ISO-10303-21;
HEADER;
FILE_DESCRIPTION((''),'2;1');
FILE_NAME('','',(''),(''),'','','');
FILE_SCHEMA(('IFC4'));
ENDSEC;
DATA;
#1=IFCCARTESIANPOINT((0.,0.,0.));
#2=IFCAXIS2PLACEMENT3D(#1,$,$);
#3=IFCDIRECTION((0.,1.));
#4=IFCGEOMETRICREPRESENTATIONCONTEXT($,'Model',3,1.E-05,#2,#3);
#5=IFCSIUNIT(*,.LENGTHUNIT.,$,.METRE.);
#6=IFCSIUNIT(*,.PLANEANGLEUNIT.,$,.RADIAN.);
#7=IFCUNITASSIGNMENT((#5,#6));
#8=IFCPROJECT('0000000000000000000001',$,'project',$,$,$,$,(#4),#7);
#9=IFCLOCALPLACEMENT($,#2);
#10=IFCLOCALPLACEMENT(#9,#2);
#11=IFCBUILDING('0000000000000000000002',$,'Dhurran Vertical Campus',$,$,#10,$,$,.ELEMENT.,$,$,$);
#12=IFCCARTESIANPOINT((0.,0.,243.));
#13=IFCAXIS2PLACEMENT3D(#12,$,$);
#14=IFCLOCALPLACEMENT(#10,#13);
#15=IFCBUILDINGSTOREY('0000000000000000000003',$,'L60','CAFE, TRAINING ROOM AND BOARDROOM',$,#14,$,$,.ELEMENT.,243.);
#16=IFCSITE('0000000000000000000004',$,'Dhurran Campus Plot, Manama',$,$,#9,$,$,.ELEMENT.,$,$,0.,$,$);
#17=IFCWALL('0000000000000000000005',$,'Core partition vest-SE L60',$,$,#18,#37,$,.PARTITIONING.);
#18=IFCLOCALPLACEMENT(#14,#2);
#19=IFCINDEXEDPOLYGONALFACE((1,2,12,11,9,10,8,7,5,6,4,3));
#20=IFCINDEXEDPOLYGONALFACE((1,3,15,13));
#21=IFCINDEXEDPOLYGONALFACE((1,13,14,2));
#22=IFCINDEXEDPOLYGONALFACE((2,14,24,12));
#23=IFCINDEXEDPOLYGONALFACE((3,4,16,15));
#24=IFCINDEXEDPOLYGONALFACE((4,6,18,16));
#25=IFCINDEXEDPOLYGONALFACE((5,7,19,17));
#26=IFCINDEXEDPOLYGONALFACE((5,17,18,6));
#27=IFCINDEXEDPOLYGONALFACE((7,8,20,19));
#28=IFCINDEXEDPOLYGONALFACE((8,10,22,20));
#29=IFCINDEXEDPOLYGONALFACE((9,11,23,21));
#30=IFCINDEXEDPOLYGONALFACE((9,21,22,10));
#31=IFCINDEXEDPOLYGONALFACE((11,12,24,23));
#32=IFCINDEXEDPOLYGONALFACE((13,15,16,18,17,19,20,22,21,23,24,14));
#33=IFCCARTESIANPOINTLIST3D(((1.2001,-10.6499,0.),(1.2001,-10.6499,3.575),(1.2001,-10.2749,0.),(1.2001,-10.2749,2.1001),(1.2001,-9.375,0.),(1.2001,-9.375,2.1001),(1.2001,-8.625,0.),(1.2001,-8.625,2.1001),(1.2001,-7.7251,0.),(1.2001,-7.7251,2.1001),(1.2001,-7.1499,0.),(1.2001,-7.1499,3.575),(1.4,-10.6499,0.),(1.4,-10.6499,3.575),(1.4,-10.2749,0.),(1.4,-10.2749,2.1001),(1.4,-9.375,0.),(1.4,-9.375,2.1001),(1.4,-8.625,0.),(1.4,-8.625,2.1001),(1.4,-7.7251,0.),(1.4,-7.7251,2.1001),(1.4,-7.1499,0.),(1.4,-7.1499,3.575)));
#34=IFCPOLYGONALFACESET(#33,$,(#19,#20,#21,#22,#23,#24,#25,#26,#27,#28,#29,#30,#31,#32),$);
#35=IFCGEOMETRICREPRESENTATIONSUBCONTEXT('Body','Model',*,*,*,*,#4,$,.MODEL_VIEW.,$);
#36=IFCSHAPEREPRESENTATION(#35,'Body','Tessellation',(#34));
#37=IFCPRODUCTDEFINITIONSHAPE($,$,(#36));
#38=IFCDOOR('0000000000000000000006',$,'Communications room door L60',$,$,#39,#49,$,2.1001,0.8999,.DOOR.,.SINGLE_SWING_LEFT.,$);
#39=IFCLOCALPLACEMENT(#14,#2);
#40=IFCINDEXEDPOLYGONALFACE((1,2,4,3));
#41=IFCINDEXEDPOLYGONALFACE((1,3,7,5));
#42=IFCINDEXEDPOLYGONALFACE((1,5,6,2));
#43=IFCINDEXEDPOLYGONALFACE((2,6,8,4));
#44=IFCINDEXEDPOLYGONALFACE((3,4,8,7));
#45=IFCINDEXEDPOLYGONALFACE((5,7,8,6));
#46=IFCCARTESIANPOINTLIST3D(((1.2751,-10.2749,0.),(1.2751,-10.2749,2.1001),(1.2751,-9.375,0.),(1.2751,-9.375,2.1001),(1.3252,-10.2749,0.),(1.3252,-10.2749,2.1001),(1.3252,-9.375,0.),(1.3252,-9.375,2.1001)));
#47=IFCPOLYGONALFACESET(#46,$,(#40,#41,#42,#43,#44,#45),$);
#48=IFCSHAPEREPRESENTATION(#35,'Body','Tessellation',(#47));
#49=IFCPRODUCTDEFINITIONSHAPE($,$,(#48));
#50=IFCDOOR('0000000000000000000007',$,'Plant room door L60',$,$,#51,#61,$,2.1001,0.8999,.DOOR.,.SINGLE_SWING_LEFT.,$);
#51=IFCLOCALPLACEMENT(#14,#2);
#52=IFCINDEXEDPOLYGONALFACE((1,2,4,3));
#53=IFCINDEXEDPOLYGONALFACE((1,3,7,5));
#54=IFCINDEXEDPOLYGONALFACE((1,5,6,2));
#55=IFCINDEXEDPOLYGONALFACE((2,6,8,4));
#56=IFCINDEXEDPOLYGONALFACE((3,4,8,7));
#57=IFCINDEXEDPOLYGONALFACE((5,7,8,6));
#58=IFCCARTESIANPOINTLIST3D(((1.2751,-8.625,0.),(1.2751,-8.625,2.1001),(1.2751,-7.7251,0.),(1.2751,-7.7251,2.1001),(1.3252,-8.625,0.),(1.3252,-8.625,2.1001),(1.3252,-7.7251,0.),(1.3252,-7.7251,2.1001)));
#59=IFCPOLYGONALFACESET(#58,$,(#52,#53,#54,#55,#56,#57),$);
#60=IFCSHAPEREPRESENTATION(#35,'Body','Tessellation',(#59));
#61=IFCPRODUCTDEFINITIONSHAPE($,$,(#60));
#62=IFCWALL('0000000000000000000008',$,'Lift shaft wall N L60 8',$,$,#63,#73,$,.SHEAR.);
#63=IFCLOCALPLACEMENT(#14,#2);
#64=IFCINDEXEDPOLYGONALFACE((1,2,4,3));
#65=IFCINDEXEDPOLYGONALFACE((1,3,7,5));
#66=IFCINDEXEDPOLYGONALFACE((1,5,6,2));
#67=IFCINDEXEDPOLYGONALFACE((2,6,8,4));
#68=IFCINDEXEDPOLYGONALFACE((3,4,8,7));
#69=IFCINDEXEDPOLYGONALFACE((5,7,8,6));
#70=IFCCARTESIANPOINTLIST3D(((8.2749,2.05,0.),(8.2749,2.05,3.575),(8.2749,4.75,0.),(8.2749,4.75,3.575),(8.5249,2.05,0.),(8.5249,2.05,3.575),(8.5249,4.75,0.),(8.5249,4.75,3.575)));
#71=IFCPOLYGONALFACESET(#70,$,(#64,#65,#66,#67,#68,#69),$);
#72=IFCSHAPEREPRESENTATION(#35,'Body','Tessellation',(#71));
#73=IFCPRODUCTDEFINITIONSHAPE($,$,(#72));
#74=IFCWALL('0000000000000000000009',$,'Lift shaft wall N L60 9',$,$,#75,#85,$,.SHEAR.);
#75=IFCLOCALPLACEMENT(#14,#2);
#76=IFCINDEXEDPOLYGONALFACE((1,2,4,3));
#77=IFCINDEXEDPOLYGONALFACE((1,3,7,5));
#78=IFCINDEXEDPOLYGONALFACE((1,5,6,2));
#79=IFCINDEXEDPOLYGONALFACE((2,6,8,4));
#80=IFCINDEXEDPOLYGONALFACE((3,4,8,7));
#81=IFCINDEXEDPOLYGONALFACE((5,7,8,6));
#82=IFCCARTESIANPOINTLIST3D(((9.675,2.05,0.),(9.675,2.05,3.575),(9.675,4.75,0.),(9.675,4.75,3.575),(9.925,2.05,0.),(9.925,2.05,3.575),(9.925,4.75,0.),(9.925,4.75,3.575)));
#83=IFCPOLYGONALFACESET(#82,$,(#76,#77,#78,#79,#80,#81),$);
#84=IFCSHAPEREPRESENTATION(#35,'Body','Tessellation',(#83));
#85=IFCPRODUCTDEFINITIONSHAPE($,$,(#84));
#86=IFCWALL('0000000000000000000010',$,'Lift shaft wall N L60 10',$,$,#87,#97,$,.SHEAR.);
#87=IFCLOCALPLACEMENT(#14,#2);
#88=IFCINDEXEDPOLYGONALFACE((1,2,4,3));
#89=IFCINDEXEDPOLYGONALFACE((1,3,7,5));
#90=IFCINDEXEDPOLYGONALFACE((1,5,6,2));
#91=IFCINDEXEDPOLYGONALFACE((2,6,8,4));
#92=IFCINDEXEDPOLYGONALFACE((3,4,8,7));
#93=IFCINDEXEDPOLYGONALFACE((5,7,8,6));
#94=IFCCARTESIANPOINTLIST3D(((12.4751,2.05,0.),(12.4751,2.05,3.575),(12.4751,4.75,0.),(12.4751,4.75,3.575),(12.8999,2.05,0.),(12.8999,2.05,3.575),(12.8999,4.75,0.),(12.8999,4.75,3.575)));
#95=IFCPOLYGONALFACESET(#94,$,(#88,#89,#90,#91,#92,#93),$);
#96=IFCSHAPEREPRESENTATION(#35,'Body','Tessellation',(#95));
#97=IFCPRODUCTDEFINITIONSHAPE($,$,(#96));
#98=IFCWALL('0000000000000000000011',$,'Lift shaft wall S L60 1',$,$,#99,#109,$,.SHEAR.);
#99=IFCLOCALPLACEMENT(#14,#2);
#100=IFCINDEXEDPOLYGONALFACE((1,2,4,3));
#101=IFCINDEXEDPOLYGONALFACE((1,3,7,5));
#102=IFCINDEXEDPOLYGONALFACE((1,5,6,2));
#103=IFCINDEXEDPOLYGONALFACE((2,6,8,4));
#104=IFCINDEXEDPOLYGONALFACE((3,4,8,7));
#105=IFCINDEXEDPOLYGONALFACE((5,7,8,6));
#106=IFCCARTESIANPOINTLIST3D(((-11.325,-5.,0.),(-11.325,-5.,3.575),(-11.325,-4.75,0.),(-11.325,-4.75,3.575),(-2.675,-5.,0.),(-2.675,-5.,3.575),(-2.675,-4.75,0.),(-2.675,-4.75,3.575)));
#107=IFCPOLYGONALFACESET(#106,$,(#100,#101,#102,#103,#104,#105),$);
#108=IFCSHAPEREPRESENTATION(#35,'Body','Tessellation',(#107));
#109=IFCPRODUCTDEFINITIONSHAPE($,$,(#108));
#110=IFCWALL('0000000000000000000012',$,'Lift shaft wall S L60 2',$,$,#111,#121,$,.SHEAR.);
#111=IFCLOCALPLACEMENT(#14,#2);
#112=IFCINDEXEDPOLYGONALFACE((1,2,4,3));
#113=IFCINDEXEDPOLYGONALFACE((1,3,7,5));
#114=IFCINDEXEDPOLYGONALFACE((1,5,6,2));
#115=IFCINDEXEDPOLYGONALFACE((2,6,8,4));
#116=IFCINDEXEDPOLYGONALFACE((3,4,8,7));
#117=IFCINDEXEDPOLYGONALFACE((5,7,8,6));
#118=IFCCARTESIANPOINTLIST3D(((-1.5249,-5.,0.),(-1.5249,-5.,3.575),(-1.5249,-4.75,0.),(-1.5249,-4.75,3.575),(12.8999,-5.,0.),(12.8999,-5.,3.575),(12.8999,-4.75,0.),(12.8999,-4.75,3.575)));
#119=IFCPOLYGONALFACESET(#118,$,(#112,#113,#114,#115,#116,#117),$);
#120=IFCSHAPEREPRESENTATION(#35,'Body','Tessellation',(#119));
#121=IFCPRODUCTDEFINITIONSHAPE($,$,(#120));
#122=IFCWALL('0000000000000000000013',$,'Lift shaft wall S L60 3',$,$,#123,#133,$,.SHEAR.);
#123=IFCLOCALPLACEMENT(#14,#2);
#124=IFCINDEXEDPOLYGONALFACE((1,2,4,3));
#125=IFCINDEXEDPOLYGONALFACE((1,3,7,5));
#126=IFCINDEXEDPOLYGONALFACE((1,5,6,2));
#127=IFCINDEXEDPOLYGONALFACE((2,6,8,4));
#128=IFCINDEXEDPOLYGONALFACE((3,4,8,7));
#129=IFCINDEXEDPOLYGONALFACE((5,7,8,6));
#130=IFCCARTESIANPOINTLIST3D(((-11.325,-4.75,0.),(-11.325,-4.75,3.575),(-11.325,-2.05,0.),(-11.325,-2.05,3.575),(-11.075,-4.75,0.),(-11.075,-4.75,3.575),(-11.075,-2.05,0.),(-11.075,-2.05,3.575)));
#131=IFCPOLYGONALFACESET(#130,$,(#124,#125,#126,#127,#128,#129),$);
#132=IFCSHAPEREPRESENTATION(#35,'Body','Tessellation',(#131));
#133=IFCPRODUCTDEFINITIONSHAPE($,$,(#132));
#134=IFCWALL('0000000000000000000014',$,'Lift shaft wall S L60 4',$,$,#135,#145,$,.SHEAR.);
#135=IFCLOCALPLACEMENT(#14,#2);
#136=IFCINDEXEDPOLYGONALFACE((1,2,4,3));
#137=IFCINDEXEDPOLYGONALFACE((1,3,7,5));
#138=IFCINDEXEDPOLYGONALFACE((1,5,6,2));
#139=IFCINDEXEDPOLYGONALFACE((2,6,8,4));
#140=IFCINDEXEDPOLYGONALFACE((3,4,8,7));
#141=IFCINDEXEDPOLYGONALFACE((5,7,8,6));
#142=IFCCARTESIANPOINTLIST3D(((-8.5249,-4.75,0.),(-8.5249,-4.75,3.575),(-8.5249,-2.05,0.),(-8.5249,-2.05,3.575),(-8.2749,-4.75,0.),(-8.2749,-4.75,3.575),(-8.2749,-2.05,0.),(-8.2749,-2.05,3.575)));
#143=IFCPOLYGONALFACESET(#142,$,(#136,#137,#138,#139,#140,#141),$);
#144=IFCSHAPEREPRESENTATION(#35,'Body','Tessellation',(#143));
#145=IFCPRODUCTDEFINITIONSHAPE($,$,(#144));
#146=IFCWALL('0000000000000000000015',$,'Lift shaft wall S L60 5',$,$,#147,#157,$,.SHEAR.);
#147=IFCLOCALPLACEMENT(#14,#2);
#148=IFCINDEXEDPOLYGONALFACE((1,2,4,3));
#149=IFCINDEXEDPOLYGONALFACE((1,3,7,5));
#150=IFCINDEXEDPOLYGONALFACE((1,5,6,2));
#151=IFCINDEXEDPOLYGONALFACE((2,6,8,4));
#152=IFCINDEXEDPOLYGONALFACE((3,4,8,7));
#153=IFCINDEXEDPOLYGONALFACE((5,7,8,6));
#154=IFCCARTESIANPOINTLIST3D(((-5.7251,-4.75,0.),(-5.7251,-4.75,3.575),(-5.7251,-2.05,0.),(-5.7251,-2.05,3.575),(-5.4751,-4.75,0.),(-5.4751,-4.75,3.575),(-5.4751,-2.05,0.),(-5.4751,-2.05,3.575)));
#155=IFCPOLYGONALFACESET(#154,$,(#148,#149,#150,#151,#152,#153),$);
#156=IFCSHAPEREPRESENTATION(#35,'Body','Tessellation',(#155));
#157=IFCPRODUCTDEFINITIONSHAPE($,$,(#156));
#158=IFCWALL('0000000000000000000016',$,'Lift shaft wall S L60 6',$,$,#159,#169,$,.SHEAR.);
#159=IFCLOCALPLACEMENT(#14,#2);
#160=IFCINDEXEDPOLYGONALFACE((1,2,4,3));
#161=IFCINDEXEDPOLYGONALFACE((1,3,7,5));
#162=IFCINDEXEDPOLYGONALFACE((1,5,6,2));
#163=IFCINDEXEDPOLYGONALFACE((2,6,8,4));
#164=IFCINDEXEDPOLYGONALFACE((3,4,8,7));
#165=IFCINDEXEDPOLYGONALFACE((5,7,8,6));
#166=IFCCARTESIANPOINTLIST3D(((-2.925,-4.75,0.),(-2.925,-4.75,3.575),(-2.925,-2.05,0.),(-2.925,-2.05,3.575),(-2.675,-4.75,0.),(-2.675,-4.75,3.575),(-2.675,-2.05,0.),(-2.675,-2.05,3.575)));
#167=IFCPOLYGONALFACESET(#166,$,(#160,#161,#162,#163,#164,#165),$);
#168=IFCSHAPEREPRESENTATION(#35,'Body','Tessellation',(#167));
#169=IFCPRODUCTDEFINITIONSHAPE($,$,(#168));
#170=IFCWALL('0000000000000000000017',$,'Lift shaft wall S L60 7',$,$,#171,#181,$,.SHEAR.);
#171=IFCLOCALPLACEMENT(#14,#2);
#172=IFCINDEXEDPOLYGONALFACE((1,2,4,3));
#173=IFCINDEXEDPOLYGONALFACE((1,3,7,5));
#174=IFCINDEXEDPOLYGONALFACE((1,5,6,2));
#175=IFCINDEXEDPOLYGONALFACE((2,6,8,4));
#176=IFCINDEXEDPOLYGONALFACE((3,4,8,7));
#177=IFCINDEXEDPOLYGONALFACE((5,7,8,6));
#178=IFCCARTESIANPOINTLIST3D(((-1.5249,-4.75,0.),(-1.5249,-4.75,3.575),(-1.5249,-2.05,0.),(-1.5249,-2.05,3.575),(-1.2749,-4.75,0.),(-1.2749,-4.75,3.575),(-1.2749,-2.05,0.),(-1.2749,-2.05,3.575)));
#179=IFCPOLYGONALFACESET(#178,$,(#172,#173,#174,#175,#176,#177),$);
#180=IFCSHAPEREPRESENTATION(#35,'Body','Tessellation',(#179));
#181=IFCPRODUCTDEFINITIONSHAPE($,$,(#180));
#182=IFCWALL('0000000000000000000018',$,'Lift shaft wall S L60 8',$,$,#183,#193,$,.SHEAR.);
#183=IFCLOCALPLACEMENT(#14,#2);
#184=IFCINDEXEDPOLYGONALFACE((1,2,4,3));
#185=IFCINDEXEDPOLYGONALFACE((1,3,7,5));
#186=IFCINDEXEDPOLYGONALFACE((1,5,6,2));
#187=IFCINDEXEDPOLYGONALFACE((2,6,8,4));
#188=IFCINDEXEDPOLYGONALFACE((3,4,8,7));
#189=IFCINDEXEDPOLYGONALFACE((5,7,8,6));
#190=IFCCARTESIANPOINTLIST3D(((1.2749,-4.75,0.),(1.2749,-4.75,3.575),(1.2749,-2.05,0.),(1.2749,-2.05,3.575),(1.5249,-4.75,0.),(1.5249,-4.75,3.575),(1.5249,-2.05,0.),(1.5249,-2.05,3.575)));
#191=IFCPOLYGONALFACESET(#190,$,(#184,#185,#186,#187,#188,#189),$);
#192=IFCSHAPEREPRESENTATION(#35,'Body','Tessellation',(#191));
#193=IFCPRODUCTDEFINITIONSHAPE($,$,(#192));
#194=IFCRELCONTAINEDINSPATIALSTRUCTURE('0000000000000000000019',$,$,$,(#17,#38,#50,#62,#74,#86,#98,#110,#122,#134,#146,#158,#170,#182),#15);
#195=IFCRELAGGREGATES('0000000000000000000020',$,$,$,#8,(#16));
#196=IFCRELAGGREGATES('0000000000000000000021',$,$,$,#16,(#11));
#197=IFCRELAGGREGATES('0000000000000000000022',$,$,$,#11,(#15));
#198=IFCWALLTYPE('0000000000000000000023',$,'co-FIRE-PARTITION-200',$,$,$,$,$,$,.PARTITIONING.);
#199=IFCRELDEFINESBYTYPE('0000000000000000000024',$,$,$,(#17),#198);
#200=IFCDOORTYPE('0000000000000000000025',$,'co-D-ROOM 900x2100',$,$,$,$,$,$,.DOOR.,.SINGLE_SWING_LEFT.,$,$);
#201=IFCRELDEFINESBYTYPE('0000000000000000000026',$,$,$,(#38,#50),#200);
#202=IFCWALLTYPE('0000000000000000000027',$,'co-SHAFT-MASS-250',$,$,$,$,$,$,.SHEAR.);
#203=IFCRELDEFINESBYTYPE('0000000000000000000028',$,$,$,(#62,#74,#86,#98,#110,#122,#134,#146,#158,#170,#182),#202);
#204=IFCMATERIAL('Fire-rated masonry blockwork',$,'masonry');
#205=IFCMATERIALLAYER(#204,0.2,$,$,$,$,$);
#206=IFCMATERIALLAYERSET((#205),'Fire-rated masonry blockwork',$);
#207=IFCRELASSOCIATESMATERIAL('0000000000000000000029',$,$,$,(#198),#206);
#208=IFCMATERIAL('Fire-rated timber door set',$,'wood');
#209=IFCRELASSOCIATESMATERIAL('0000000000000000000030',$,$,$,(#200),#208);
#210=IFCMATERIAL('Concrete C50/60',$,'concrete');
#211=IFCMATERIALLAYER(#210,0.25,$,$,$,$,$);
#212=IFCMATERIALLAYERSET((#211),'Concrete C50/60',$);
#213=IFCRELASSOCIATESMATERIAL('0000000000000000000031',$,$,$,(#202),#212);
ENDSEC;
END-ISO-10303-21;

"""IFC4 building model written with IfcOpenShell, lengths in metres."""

from ifc_helpers import new_model, si_unit, direction, frame, frame_2d, origin, place, context, subcontext, project, spatial, polyline, rectangle, outline, extrude, material, layer, layer_set, type_object, element, fill, save


model = new_model("IFC4")

# Units and contexts
model_context = context("Model", 3, precision=1e-05, world=origin(), true_north=direction((0.0, 1.0)))
body_context = subcontext(model_context, "Body", "Model", "MODEL_VIEW")
ifc_project = project(units=[si_unit("LENGTHUNIT", "METRE"), si_unit("PLANEANGLEUNIT", "RADIAN")], contexts=[model_context])

# Site, building, storey
site_placement = place(None, origin())
site = spatial("IfcSite", under=ifc_project, at=site_placement, Name="Dhurran Campus Plot, Manama", CompositionType="ELEMENT", RefElevation=0.0)
building_placement = place(site_placement, origin())
building = spatial("IfcBuilding", under=site, at=building_placement, Name="Dhurran Vertical Campus", CompositionType="ELEMENT")
storey_placement = place(building_placement, frame((0.0, 0.0, 243.0)))
storey = spatial("IfcBuildingStorey", under=building, at=storey_placement, Name="L60", Description="CAFE, TRAINING ROOM AND BOARDROOM", CompositionType="ELEMENT", Elevation=243.0)

# Shared definitions
ifc_material_1 = material(Name="Fire-rated masonry blockwork", Category="masonry")
ifc_layer_1 = layer(ifc_material_1, 0.2)
ifc_layer_set_1 = layer_set([ifc_layer_1], Name="Fire-rated masonry blockwork")
wall_type_1 = type_object("IfcWallType", Name="co-FIRE-PARTITION-200", PredefinedType="PARTITIONING", material=ifc_layer_set_1)

# Wall, openings, doors
wall_1_placement = place(storey_placement, frame((1.3, -10.6499, 0.0), z_axis=(0.0, 0.0, 1.0), x_axis=(0.0, 1.0, 0.0)))
wall_1 = element("IfcWall", 1, at=wall_1_placement, inside=storey, type_object=wall_type_1, Name="Core partition vest-SE L60", PredefinedType="PARTITIONING", context=body_context, shape_type="SweptSolid", body=[
    extrude(rectangle(XDim=3.5, YDim=0.2, at=frame_2d((1.75, 0.0))), origin(), (0.0, 0.0, 1.0), 3.575),
])
opening_1_placement = place(wall_1_placement, frame((0.375, 0.0, 0.0)))
opening_1 = element("IfcOpeningElement", 2, at=opening_1_placement, cuts=wall_1, PredefinedType="OPENING", context=body_context, shape_type="SweptSolid", body=[
    extrude(rectangle(XDim=0.8999, YDim=2.1001, at=frame_2d((0.45, 1.05))), frame((0.0, 0.1099, 0.0), z_axis=(0.0, -1.0, 0.0), x_axis=(1.0, 0.0, 0.0)), (0.0, 0.0, 1.0), 0.22),
])
opening_2_placement = place(wall_1_placement, frame((2.0249, 0.0, 0.0)))
opening_2 = element("IfcOpeningElement", 3, at=opening_2_placement, cuts=wall_1, PredefinedType="OPENING", context=body_context, shape_type="SweptSolid", body=[
    extrude(rectangle(XDim=0.8999, YDim=2.1001, at=frame_2d((0.45, 1.05))), frame((0.0, 0.1099, 0.0), z_axis=(0.0, -1.0, 0.0), x_axis=(1.0, 0.0, 0.0)), (0.0, 0.0, 1.0), 0.22),
])
ifc_material_2 = material(Name="Fire-rated timber door set", Category="wood")
door_type_1 = type_object("IfcDoorType", Name="co-D-ROOM 900x2100", OperationType="SINGLE_SWING_LEFT", PredefinedType="DOOR", material=ifc_material_2)
door_1_placement = place(opening_1_placement, origin())
door_1 = element("IfcDoor", 4, at=door_1_placement, inside=storey, type_object=door_type_1, Name="Communications room door L60", OperationType="SINGLE_SWING_LEFT", OverallHeight=2.1001, OverallWidth=0.8999, PredefinedType="DOOR", context=body_context, shape_type="SweptSolid", body=[
    extrude(rectangle(XDim=0.8999, YDim=2.1001, at=frame_2d((0.45, 1.05))), frame((0.0, 0.0249, 0.0), z_axis=(0.0, -1.0, 0.0), x_axis=(1.0, 0.0, 0.0)), (0.0, 0.0, 1.0), 0.05),
])
fill(opening_1, door_1)
door_2_placement = place(opening_2_placement, origin())
door_2 = element("IfcDoor", 5, at=door_2_placement, inside=storey, type_object=door_type_1, Name="Plant room door L60", OperationType="SINGLE_SWING_LEFT", OverallHeight=2.1001, OverallWidth=0.8999, PredefinedType="DOOR", context=body_context, shape_type="SweptSolid", body=[
    extrude(rectangle(XDim=0.8999, YDim=2.1001, at=frame_2d((0.45, 1.05))), frame((0.0, 0.0249, 0.0), z_axis=(0.0, -1.0, 0.0), x_axis=(1.0, 0.0, 0.0)), (0.0, 0.0, 1.0), 0.05),
])
fill(opening_2, door_2)

# Walls
ifc_material_3 = material(Name="Concrete C50/60", Category="concrete")
ifc_layer_2 = layer(ifc_material_3, 0.25)
ifc_layer_set_2 = layer_set([ifc_layer_2], Name="Concrete C50/60")
wall_type_2 = type_object("IfcWallType", Name="co-SHAFT-MASS-250", PredefinedType="SHEAR", material=ifc_layer_set_2)
wall_2_placement = place(storey_placement, origin())
element("IfcWall", 6, at=wall_2_placement, inside=storey, type_object=wall_type_2, Name="Lift shaft wall N L60 8", PredefinedType="SHEAR", context=body_context, shape_type="SweptSolid", body=[
    extrude(outline(polyline([(8.2749, 2.05), (8.5249, 2.05), (8.5249, 4.75), (8.2749, 4.75), (8.2749, 2.05)])), origin(), (0.0, 0.0, 1.0), 3.575),
])
wall_3_placement = place(storey_placement, origin())
element("IfcWall", 7, at=wall_3_placement, inside=storey, type_object=wall_type_2, Name="Lift shaft wall N L60 9", PredefinedType="SHEAR", context=body_context, shape_type="SweptSolid", body=[
    extrude(outline(polyline([(9.675, 2.05), (9.925, 2.05), (9.925, 4.75), (9.675, 4.75), (9.675, 2.05)])), origin(), (0.0, 0.0, 1.0), 3.575),
])
wall_4_placement = place(storey_placement, origin())
element("IfcWall", 8, at=wall_4_placement, inside=storey, type_object=wall_type_2, Name="Lift shaft wall N L60 10", PredefinedType="SHEAR", context=body_context, shape_type="SweptSolid", body=[
    extrude(outline(polyline([(12.4751, 2.05), (12.8999, 2.05), (12.8999, 4.75), (12.4751, 4.75), (12.4751, 2.05)])), origin(), (0.0, 0.0, 1.0), 3.575),
])
wall_5_placement = place(storey_placement, origin())
element("IfcWall", 9, at=wall_5_placement, inside=storey, type_object=wall_type_2, Name="Lift shaft wall S L60 1", PredefinedType="SHEAR", context=body_context, shape_type="SweptSolid", body=[
    extrude(outline(polyline([(-11.325, -5.0), (-2.675, -5.0), (-2.675, -4.75), (-11.325, -4.75), (-11.325, -5.0)])), origin(), (0.0, 0.0, 1.0), 3.575),
])
wall_6_placement = place(storey_placement, origin())
element("IfcWall", 10, at=wall_6_placement, inside=storey, type_object=wall_type_2, Name="Lift shaft wall S L60 2", PredefinedType="SHEAR", context=body_context, shape_type="SweptSolid", body=[
    extrude(outline(polyline([(-1.5249, -5.0), (12.8999, -5.0), (12.8999, -4.75), (-1.5249, -4.75), (-1.5249, -5.0)])), origin(), (0.0, 0.0, 1.0), 3.575),
])
wall_7_placement = place(storey_placement, origin())
element("IfcWall", 11, at=wall_7_placement, inside=storey, type_object=wall_type_2, Name="Lift shaft wall S L60 3", PredefinedType="SHEAR", context=body_context, shape_type="SweptSolid", body=[
    extrude(outline(polyline([(-11.325, -4.75), (-11.075, -4.75), (-11.075, -2.05), (-11.325, -2.05), (-11.325, -4.75)])), origin(), (0.0, 0.0, 1.0), 3.575),
])
wall_8_placement = place(storey_placement, origin())
element("IfcWall", 12, at=wall_8_placement, inside=storey, type_object=wall_type_2, Name="Lift shaft wall S L60 4", PredefinedType="SHEAR", context=body_context, shape_type="SweptSolid", body=[
    extrude(outline(polyline([(-8.5249, -4.75), (-8.2749, -4.75), (-8.2749, -2.05), (-8.5249, -2.05), (-8.5249, -4.75)])), origin(), (0.0, 0.0, 1.0), 3.575),
])
wall_9_placement = place(storey_placement, origin())
element("IfcWall", 13, at=wall_9_placement, inside=storey, type_object=wall_type_2, Name="Lift shaft wall S L60 5", PredefinedType="SHEAR", context=body_context, shape_type="SweptSolid", body=[
    extrude(outline(polyline([(-5.7251, -4.75), (-5.4751, -4.75), (-5.4751, -2.05), (-5.7251, -2.05), (-5.7251, -4.75)])), origin(), (0.0, 0.0, 1.0), 3.575),
])
wall_10_placement = place(storey_placement, origin())
element("IfcWall", 14, at=wall_10_placement, inside=storey, type_object=wall_type_2, Name="Lift shaft wall S L60 6", PredefinedType="SHEAR", context=body_context, shape_type="SweptSolid", body=[
    extrude(outline(polyline([(-2.925, -4.75), (-2.675, -4.75), (-2.675, -2.05), (-2.925, -2.05), (-2.925, -4.75)])), origin(), (0.0, 0.0, 1.0), 3.575),
])
wall_11_placement = place(storey_placement, origin())
element("IfcWall", 15, at=wall_11_placement, inside=storey, type_object=wall_type_2, Name="Lift shaft wall S L60 7", PredefinedType="SHEAR", context=body_context, shape_type="SweptSolid", body=[
    extrude(outline(polyline([(-1.5249, -4.75), (-1.2749, -4.75), (-1.2749, -2.05), (-1.5249, -2.05), (-1.5249, -4.75)])), origin(), (0.0, 0.0, 1.0), 3.575),
])
wall_12_placement = place(storey_placement, origin())
element("IfcWall", 16, at=wall_12_placement, inside=storey, type_object=wall_type_2, Name="Lift shaft wall S L60 8", PredefinedType="SHEAR", context=body_context, shape_type="SweptSolid", body=[
    extrude(outline(polyline([(1.2749, -4.75), (1.5249, -4.75), (1.5249, -2.05), (1.2749, -2.05), (1.2749, -4.75)])), origin(), (0.0, 0.0, 1.0), 3.575),
])

save(model, "model.ifc")
